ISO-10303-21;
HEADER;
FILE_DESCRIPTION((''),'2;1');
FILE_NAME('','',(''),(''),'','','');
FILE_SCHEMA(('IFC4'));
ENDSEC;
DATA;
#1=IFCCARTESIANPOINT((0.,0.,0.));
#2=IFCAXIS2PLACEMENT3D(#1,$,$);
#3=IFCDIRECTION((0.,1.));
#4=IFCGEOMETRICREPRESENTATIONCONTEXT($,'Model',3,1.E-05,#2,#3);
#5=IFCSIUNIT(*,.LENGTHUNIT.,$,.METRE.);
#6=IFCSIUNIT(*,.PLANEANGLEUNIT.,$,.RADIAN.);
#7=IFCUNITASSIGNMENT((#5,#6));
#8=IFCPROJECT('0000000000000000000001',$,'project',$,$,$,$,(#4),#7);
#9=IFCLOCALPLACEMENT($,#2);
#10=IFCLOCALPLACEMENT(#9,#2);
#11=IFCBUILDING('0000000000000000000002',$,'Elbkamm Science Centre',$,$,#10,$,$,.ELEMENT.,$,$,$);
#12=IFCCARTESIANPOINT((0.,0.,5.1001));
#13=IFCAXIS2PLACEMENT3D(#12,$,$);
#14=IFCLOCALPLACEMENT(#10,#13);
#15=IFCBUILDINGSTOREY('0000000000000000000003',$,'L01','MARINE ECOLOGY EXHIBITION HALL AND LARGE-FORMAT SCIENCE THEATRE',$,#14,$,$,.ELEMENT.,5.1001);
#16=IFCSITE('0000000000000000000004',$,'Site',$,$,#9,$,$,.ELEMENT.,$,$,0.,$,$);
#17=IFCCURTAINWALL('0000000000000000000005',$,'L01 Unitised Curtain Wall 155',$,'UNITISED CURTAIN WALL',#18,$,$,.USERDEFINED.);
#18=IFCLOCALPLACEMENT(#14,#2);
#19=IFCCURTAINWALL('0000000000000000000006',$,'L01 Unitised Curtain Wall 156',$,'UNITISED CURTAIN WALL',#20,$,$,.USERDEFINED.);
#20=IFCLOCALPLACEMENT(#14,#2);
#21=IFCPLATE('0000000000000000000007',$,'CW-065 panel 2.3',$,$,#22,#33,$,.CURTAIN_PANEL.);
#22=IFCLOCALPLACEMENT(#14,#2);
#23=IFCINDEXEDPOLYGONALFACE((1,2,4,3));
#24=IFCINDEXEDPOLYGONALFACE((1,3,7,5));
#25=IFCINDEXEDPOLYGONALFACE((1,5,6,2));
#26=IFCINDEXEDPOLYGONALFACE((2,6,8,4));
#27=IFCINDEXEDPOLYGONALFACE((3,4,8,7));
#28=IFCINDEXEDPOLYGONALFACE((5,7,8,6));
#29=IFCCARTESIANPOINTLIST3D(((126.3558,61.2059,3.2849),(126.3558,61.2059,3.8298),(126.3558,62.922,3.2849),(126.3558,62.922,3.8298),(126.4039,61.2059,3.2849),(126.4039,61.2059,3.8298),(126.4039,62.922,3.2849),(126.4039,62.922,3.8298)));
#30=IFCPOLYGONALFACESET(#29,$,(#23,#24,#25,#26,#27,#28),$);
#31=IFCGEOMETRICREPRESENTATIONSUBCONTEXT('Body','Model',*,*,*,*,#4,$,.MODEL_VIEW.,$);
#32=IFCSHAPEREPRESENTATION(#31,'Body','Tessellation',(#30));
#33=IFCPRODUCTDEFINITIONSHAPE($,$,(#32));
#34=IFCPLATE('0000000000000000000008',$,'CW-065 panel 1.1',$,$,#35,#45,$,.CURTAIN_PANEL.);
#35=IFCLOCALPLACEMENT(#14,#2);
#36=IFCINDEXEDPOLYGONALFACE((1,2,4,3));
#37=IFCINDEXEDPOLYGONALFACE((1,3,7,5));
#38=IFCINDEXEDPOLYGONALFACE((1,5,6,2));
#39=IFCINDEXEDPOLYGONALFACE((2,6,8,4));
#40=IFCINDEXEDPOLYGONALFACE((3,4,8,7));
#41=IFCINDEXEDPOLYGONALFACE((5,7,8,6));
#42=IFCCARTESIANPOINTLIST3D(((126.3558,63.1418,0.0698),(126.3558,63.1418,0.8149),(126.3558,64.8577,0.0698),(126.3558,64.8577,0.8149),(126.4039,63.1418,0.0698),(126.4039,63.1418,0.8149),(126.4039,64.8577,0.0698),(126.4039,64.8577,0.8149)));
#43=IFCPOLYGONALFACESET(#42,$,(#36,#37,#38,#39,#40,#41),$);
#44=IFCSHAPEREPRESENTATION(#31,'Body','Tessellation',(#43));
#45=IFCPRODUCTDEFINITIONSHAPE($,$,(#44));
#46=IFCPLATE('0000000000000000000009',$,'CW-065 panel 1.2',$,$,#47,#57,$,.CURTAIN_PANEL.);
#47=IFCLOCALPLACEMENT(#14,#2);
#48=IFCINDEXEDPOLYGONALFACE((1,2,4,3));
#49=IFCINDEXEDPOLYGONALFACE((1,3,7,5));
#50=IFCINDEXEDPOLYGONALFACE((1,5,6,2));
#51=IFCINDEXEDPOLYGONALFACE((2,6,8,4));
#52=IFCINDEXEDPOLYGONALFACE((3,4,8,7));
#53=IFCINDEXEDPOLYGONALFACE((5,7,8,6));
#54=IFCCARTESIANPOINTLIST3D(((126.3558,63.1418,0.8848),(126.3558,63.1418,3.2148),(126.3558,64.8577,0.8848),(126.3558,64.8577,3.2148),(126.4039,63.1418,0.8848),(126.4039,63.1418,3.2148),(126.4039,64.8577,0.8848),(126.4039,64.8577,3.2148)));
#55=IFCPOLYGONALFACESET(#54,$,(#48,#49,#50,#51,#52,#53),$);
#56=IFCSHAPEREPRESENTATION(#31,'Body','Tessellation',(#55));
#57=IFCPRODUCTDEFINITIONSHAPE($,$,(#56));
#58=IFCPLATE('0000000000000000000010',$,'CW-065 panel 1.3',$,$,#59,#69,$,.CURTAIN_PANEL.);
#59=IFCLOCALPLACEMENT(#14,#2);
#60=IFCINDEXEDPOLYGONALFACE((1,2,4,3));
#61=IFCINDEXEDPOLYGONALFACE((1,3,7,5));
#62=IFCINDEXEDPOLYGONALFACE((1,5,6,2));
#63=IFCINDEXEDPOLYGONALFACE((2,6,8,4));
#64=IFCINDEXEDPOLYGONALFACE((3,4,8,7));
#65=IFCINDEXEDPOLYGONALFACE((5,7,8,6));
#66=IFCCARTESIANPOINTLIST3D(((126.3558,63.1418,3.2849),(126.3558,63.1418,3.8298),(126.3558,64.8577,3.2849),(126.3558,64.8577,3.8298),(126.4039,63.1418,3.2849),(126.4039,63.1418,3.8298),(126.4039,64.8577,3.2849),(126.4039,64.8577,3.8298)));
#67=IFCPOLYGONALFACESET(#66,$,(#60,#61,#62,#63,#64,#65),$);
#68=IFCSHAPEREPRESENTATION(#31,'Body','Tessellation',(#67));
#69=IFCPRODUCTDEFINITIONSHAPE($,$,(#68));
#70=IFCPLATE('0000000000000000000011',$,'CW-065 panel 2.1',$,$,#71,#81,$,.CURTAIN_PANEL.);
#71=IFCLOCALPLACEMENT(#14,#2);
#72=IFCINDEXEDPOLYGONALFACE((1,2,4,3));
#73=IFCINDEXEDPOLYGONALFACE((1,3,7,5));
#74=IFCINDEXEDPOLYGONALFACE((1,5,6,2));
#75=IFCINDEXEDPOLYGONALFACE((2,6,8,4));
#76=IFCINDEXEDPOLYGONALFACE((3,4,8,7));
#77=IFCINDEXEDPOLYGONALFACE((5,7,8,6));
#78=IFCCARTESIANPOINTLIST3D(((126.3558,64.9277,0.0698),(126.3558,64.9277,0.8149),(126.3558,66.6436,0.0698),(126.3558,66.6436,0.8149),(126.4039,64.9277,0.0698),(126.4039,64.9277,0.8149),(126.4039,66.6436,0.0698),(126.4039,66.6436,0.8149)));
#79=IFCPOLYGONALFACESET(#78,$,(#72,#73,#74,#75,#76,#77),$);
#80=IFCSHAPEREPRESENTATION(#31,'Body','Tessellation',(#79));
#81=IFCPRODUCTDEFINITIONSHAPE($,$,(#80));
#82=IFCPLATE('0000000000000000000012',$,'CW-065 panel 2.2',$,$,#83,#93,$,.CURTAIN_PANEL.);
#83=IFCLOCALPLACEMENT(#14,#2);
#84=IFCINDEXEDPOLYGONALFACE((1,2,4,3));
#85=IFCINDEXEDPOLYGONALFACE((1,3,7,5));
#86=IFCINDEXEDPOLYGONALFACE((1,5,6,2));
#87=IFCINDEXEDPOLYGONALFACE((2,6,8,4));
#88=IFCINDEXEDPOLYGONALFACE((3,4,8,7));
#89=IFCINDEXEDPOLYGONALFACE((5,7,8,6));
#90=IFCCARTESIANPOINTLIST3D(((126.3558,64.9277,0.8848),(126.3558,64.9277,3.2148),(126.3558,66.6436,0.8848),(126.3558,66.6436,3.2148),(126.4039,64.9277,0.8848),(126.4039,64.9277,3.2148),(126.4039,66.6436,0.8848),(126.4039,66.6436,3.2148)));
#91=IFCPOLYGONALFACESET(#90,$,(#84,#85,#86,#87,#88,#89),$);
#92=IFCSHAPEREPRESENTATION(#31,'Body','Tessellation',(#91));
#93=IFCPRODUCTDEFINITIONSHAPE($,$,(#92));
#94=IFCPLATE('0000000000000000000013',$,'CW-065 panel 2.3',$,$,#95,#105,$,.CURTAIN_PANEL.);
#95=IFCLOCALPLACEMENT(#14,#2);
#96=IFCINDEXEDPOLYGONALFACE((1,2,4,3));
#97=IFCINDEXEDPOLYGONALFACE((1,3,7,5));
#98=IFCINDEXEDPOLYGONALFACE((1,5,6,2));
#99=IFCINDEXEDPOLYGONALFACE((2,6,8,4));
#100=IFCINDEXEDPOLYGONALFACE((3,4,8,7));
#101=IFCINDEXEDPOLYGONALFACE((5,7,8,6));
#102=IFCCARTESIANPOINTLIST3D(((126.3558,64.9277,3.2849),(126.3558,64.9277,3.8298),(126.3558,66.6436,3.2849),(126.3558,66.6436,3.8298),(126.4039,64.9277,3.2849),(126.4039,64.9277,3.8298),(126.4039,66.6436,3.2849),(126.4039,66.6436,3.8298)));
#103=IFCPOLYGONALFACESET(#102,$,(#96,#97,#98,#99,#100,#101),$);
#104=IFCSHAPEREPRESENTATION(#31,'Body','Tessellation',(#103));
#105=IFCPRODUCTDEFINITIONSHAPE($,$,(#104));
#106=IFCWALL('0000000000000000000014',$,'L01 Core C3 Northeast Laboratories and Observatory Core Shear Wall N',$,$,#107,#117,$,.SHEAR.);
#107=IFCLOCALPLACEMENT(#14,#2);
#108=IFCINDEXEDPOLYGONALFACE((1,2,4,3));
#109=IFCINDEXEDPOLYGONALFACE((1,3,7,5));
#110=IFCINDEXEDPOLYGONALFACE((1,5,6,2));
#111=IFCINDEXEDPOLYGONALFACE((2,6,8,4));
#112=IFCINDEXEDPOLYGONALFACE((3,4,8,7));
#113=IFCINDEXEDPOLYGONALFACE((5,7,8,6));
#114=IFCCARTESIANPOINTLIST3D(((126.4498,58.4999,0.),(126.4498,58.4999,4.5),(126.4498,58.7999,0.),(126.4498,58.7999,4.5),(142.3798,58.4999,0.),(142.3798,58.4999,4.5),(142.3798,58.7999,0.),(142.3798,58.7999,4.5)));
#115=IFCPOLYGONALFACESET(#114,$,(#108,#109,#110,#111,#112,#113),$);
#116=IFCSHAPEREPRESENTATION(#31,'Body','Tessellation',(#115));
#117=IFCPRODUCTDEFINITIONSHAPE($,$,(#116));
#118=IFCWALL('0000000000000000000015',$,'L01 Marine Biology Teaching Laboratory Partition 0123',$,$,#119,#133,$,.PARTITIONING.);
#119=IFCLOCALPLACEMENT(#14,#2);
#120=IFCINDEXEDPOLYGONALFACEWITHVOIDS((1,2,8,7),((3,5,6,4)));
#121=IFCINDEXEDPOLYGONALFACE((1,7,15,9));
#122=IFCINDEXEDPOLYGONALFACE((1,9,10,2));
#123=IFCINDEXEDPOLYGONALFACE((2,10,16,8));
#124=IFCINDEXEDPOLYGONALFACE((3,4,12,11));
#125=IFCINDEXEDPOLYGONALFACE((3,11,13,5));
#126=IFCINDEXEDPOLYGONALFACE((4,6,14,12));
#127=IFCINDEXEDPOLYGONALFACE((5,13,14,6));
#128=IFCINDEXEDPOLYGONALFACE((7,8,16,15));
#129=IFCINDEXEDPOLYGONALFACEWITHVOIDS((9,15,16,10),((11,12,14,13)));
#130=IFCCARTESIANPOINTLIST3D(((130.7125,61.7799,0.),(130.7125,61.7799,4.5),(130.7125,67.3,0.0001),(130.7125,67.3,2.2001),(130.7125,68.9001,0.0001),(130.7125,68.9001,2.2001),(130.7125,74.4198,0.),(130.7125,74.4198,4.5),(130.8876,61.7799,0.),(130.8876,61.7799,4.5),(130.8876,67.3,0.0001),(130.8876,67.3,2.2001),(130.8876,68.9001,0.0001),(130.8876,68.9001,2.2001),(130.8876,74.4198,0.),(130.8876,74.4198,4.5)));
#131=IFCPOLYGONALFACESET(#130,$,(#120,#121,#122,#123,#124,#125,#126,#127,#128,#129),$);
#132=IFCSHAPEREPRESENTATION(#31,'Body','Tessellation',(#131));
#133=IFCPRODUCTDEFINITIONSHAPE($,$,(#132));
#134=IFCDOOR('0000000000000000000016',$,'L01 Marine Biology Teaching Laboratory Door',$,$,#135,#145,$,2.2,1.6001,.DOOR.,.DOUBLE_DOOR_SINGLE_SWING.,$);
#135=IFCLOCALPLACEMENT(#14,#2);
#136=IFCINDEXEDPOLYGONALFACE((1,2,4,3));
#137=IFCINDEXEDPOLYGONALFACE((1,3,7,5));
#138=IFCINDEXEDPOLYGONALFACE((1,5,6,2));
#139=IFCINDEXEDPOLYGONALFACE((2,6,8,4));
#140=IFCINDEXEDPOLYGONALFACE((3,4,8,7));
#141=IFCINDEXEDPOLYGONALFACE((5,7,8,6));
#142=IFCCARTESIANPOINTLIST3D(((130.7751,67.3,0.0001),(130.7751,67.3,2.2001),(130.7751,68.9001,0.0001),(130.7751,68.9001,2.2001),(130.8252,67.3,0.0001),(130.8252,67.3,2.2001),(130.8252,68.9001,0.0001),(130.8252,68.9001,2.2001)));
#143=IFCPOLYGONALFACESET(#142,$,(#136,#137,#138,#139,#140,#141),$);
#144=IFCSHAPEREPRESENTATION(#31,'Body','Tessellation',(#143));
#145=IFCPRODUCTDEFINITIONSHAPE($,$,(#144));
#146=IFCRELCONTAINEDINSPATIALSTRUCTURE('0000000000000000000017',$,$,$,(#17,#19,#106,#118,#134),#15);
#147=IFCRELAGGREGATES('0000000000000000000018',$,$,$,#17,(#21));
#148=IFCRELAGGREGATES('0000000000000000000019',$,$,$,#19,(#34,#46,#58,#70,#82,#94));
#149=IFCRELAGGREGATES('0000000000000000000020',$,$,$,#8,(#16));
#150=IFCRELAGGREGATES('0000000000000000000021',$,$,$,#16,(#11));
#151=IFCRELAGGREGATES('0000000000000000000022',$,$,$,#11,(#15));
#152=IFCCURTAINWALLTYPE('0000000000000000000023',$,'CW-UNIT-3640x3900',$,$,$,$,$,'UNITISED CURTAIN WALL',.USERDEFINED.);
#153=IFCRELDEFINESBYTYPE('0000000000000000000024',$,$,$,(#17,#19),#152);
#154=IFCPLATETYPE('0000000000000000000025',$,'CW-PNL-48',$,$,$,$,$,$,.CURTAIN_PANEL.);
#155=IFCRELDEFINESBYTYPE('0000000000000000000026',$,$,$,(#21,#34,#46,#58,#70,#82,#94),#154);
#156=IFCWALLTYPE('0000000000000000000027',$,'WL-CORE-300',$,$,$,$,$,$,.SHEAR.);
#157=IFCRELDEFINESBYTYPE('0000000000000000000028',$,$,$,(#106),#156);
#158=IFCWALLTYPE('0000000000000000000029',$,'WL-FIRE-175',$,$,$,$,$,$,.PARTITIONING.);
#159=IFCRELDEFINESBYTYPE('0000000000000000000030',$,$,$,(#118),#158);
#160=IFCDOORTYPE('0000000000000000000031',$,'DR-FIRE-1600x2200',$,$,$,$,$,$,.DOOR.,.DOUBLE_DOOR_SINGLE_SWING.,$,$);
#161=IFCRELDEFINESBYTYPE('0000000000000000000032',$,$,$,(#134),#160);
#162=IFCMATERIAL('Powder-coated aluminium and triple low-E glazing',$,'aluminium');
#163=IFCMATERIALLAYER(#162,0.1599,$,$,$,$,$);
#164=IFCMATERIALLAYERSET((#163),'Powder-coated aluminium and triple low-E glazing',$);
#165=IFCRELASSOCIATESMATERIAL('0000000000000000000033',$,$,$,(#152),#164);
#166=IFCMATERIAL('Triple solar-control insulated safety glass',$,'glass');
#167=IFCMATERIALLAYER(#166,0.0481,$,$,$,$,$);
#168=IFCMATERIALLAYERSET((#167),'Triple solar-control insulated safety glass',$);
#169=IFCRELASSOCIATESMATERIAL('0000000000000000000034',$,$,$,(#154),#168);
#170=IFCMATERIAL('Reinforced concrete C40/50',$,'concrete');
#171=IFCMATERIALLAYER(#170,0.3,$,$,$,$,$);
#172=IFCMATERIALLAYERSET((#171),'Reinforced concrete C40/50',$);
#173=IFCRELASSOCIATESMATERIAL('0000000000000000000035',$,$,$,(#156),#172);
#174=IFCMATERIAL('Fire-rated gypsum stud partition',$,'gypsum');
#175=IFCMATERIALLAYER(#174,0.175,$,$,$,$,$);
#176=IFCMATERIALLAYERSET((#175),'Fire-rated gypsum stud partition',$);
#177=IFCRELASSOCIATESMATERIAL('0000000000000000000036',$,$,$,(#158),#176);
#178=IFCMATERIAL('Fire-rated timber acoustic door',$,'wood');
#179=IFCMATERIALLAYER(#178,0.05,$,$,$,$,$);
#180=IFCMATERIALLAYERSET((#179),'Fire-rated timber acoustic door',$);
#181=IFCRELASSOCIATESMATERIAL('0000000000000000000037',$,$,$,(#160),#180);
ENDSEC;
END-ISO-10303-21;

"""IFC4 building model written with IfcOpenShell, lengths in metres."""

from ifc_helpers import new_model, si_unit, direction, frame, frame_2d, origin, origin_2d, place, context, subcontext, project, spatial, rectangle, extrude, material, layer, layer_set, type_object, element, fill, aggregate, save


model = new_model("IFC4")

# Units and contexts
model_context = context("Model", 3, precision=1e-05, world=origin(), true_north=direction((0.0, 1.0)))
body_context = subcontext(model_context, "Body", "Model", "MODEL_VIEW")
ifc_project = project(units=[si_unit("LENGTHUNIT", "METRE"), si_unit("PLANEANGLEUNIT", "RADIAN")], contexts=[model_context])

# Site, building, storey
site_placement = place(None, origin())
site = spatial("IfcSite", under=ifc_project, at=site_placement, Name="Site", CompositionType="ELEMENT", RefElevation=0.0)
building_placement = place(site_placement, origin())
building = spatial("IfcBuilding", under=site, at=building_placement, Name="Elbkamm Science Centre", CompositionType="ELEMENT")
storey_placement = place(building_placement, frame((0.0, 0.0, 5.1001)))
storey = spatial("IfcBuildingStorey", under=building, at=storey_placement, Name="L01", Description="MARINE ECOLOGY EXHIBITION HALL AND LARGE-FORMAT SCIENCE THEATRE", CompositionType="ELEMENT", Elevation=5.1001)

# Curtain walls
ifc_material_1 = material(Name="Powder-coated aluminium and triple low-E glazing", Category="aluminium")
ifc_layer_1 = layer(ifc_material_1, 0.1599)
ifc_layer_set_1 = layer_set([ifc_layer_1], Name="Powder-coated aluminium and triple low-E glazing")
curtain_wall_type = type_object("IfcCurtainWallType", Name="CW-UNIT-3640x3900", ElementType="UNITISED CURTAIN WALL", PredefinedType="USERDEFINED", material=ifc_layer_set_1)
curtain_wall_1_placement = place(storey_placement, origin())
curtain_wall_1 = element("IfcCurtainWall", 1, at=curtain_wall_1_placement, inside=storey, type_object=curtain_wall_type, Name="L01 Unitised Curtain Wall 155", ObjectType="UNITISED CURTAIN WALL", PredefinedType="USERDEFINED")
curtain_wall_2_placement = place(storey_placement, origin())
curtain_wall_2 = element("IfcCurtainWall", 2, at=curtain_wall_2_placement, inside=storey, type_object=curtain_wall_type, Name="L01 Unitised Curtain Wall 156", ObjectType="UNITISED CURTAIN WALL", PredefinedType="USERDEFINED")

# Plates
ifc_material_2 = material(Name="Triple solar-control insulated safety glass", Category="glass")
ifc_layer_2 = layer(ifc_material_2, 0.0481)
ifc_layer_set_2 = layer_set([ifc_layer_2], Name="Triple solar-control insulated safety glass")
plate_type = type_object("IfcPlateType", Name="CW-PNL-48", PredefinedType="CURTAIN_PANEL", material=ifc_layer_set_2)
plate_1_placement = place(storey_placement, frame((126.3799, 62.064, 3.2849), z_axis=(0.0, 0.0, 1.0), x_axis=(0.0, 1.0, 0.0)))
plate_1 = element("IfcPlate", 3, at=plate_1_placement, type_object=plate_type, Name="CW-065 panel 2.3", PredefinedType="CURTAIN_PANEL", context=body_context, shape_type="SweptSolid", body=[
    extrude(rectangle(XDim=1.7161, YDim=0.0481, at=origin_2d()), origin(), (0.0, 0.0, 1.0), 0.5449),
])
aggregate(curtain_wall_1, [plate_1])
plate_2_placement = place(storey_placement, frame((126.3799, 63.9998, 0.0698), z_axis=(0.0, 0.0, 1.0), x_axis=(0.0, 1.0, 0.0)))
plate_2 = element("IfcPlate", 4, at=plate_2_placement, type_object=plate_type, Name="CW-065 panel 1.1", PredefinedType="CURTAIN_PANEL", context=body_context, shape_type="SweptSolid", body=[
    extrude(rectangle(XDim=1.7158, YDim=0.0481, at=origin_2d()), origin(), (0.0, 0.0, 1.0), 0.7451),
])
plate_3_placement = place(storey_placement, frame((126.3799, 63.9998, 0.8848), z_axis=(0.0, 0.0, 1.0), x_axis=(0.0, 1.0, 0.0)))
plate_3 = element("IfcPlate", 5, at=plate_3_placement, type_object=plate_type, Name="CW-065 panel 1.2", PredefinedType="CURTAIN_PANEL", context=body_context, shape_type="SweptSolid", body=[
    extrude(rectangle(XDim=1.7158, YDim=0.0481, at=origin_2d()), origin(), (0.0, 0.0, 1.0), 2.3301),
])
plate_4_placement = place(storey_placement, frame((126.3799, 63.9998, 3.2849), z_axis=(0.0, 0.0, 1.0), x_axis=(0.0, 1.0, 0.0)))
plate_4 = element("IfcPlate", 6, at=plate_4_placement, type_object=plate_type, Name="CW-065 panel 1.3", PredefinedType="CURTAIN_PANEL", context=body_context, shape_type="SweptSolid", body=[
    extrude(rectangle(XDim=1.7158, YDim=0.0481, at=origin_2d()), origin(), (0.0, 0.0, 1.0), 0.5449),
])
plate_5_placement = place(storey_placement, frame((126.3799, 65.7856, 0.0698), z_axis=(0.0, 0.0, 1.0), x_axis=(0.0, 1.0, 0.0)))
plate_5 = element("IfcPlate", 7, at=plate_5_placement, type_object=plate_type, Name="CW-065 panel 2.1", PredefinedType="CURTAIN_PANEL", context=body_context, shape_type="SweptSolid", body=[
    extrude(rectangle(XDim=1.7158, YDim=0.0481, at=origin_2d()), origin(), (0.0, 0.0, 1.0), 0.7451),
])
plate_6_placement = place(storey_placement, frame((126.3799, 65.7856, 0.8848), z_axis=(0.0, 0.0, 1.0), x_axis=(0.0, 1.0, 0.0)))
plate_6 = element("IfcPlate", 8, at=plate_6_placement, type_object=plate_type, Name="CW-065 panel 2.2", PredefinedType="CURTAIN_PANEL", context=body_context, shape_type="SweptSolid", body=[
    extrude(rectangle(XDim=1.7158, YDim=0.0481, at=origin_2d()), origin(), (0.0, 0.0, 1.0), 2.3301),
])
plate_7_placement = place(storey_placement, frame((126.3799, 65.7856, 3.2849), z_axis=(0.0, 0.0, 1.0), x_axis=(0.0, 1.0, 0.0)))
plate_7 = element("IfcPlate", 9, at=plate_7_placement, type_object=plate_type, Name="CW-065 panel 2.3", PredefinedType="CURTAIN_PANEL", context=body_context, shape_type="SweptSolid", body=[
    extrude(rectangle(XDim=1.7158, YDim=0.0481, at=origin_2d()), origin(), (0.0, 0.0, 1.0), 0.5449),
])
aggregate(curtain_wall_2, [plate_2, plate_3, plate_4, plate_5, plate_6, plate_7])

# Wall
ifc_material_3 = material(Name="Reinforced concrete C40/50", Category="concrete")
ifc_layer_3 = layer(ifc_material_3, 0.3)
ifc_layer_set_3 = layer_set([ifc_layer_3], Name="Reinforced concrete C40/50")
wall_type_1 = type_object("IfcWallType", Name="WL-CORE-300", PredefinedType="SHEAR", material=ifc_layer_set_3)
wall_1_placement = place(storey_placement, frame((126.45, 58.6499, 0.0), z_axis=(0.0, 0.0, 1.0), x_axis=(1.0, 0.0, 0.0)))
element("IfcWall", 10, at=wall_1_placement, inside=storey, type_object=wall_type_1, Name="L01 Core C3 Northeast Laboratories and Observatory Core Shear Wall N", PredefinedType="SHEAR", context=body_context, shape_type="SweptSolid", body=[
    extrude(rectangle(XDim=15.9299, YDim=0.3, at=frame_2d((7.9648, 0.0))), origin(), (0.0, 0.0, 1.0), 4.5),
])

# Wall, opening, door
ifc_material_4 = material(Name="Fire-rated gypsum stud partition", Category="gypsum")
ifc_layer_4 = layer(ifc_material_4, 0.175)
ifc_layer_set_4 = layer_set([ifc_layer_4], Name="Fire-rated gypsum stud partition")
wall_type_2 = type_object("IfcWallType", Name="WL-FIRE-175", PredefinedType="PARTITIONING", material=ifc_layer_set_4)
wall_2_placement = place(storey_placement, frame((130.8, 61.78, 0.0), z_axis=(0.0, 0.0, 1.0), x_axis=(0.0, 1.0, 0.0)))
wall_2 = element("IfcWall", 11, at=wall_2_placement, inside=storey, type_object=wall_type_2, Name="L01 Marine Biology Teaching Laboratory Partition 0123", PredefinedType="PARTITIONING", context=body_context, shape_type="SweptSolid", body=[
    extrude(rectangle(XDim=12.6399, YDim=0.175, at=frame_2d((6.3198, 0.0))), origin(), (0.0, 0.0, 1.0), 4.5),
])
opening_placement = place(wall_2_placement, frame((5.52, 0.0, 0.0)))
opening = element("IfcOpeningElement", 12, at=opening_placement, cuts=wall_2, PredefinedType="OPENING", context=body_context, shape_type="SweptSolid", body=[
    extrude(rectangle(XDim=1.6001, YDim=2.2, at=frame_2d((0.8, 1.1001))), frame((0.0, 0.0996, 0.0), z_axis=(0.0, -1.0, 0.0), x_axis=(1.0, 0.0, 0.0)), (0.0, 0.0, 1.0), 0.199),
])
ifc_material_5 = material(Name="Fire-rated timber acoustic door", Category="wood")
ifc_layer_5 = layer(ifc_material_5, 0.05)
ifc_layer_set_5 = layer_set([ifc_layer_5], Name="Fire-rated timber acoustic door")
door_type = type_object("IfcDoorType", Name="DR-FIRE-1600x2200", OperationType="DOUBLE_DOOR_SINGLE_SWING", PredefinedType="DOOR", material=ifc_layer_set_5)
door_placement = place(opening_placement, origin())
door = element("IfcDoor", 13, at=door_placement, inside=storey, type_object=door_type, Name="L01 Marine Biology Teaching Laboratory Door", OperationType="DOUBLE_DOOR_SINGLE_SWING", OverallHeight=2.2, OverallWidth=1.6001, PredefinedType="DOOR", context=body_context, shape_type="SweptSolid", body=[
    extrude(rectangle(XDim=1.6001, YDim=2.2, at=frame_2d((0.8, 1.1001))), frame((0.0, 0.0249, 0.0), z_axis=(0.0, -1.0, 0.0), x_axis=(1.0, 0.0, 0.0)), (0.0, 0.0, 1.0), 0.05),
])
fill(opening, door)

save(model, "model.ifc")
